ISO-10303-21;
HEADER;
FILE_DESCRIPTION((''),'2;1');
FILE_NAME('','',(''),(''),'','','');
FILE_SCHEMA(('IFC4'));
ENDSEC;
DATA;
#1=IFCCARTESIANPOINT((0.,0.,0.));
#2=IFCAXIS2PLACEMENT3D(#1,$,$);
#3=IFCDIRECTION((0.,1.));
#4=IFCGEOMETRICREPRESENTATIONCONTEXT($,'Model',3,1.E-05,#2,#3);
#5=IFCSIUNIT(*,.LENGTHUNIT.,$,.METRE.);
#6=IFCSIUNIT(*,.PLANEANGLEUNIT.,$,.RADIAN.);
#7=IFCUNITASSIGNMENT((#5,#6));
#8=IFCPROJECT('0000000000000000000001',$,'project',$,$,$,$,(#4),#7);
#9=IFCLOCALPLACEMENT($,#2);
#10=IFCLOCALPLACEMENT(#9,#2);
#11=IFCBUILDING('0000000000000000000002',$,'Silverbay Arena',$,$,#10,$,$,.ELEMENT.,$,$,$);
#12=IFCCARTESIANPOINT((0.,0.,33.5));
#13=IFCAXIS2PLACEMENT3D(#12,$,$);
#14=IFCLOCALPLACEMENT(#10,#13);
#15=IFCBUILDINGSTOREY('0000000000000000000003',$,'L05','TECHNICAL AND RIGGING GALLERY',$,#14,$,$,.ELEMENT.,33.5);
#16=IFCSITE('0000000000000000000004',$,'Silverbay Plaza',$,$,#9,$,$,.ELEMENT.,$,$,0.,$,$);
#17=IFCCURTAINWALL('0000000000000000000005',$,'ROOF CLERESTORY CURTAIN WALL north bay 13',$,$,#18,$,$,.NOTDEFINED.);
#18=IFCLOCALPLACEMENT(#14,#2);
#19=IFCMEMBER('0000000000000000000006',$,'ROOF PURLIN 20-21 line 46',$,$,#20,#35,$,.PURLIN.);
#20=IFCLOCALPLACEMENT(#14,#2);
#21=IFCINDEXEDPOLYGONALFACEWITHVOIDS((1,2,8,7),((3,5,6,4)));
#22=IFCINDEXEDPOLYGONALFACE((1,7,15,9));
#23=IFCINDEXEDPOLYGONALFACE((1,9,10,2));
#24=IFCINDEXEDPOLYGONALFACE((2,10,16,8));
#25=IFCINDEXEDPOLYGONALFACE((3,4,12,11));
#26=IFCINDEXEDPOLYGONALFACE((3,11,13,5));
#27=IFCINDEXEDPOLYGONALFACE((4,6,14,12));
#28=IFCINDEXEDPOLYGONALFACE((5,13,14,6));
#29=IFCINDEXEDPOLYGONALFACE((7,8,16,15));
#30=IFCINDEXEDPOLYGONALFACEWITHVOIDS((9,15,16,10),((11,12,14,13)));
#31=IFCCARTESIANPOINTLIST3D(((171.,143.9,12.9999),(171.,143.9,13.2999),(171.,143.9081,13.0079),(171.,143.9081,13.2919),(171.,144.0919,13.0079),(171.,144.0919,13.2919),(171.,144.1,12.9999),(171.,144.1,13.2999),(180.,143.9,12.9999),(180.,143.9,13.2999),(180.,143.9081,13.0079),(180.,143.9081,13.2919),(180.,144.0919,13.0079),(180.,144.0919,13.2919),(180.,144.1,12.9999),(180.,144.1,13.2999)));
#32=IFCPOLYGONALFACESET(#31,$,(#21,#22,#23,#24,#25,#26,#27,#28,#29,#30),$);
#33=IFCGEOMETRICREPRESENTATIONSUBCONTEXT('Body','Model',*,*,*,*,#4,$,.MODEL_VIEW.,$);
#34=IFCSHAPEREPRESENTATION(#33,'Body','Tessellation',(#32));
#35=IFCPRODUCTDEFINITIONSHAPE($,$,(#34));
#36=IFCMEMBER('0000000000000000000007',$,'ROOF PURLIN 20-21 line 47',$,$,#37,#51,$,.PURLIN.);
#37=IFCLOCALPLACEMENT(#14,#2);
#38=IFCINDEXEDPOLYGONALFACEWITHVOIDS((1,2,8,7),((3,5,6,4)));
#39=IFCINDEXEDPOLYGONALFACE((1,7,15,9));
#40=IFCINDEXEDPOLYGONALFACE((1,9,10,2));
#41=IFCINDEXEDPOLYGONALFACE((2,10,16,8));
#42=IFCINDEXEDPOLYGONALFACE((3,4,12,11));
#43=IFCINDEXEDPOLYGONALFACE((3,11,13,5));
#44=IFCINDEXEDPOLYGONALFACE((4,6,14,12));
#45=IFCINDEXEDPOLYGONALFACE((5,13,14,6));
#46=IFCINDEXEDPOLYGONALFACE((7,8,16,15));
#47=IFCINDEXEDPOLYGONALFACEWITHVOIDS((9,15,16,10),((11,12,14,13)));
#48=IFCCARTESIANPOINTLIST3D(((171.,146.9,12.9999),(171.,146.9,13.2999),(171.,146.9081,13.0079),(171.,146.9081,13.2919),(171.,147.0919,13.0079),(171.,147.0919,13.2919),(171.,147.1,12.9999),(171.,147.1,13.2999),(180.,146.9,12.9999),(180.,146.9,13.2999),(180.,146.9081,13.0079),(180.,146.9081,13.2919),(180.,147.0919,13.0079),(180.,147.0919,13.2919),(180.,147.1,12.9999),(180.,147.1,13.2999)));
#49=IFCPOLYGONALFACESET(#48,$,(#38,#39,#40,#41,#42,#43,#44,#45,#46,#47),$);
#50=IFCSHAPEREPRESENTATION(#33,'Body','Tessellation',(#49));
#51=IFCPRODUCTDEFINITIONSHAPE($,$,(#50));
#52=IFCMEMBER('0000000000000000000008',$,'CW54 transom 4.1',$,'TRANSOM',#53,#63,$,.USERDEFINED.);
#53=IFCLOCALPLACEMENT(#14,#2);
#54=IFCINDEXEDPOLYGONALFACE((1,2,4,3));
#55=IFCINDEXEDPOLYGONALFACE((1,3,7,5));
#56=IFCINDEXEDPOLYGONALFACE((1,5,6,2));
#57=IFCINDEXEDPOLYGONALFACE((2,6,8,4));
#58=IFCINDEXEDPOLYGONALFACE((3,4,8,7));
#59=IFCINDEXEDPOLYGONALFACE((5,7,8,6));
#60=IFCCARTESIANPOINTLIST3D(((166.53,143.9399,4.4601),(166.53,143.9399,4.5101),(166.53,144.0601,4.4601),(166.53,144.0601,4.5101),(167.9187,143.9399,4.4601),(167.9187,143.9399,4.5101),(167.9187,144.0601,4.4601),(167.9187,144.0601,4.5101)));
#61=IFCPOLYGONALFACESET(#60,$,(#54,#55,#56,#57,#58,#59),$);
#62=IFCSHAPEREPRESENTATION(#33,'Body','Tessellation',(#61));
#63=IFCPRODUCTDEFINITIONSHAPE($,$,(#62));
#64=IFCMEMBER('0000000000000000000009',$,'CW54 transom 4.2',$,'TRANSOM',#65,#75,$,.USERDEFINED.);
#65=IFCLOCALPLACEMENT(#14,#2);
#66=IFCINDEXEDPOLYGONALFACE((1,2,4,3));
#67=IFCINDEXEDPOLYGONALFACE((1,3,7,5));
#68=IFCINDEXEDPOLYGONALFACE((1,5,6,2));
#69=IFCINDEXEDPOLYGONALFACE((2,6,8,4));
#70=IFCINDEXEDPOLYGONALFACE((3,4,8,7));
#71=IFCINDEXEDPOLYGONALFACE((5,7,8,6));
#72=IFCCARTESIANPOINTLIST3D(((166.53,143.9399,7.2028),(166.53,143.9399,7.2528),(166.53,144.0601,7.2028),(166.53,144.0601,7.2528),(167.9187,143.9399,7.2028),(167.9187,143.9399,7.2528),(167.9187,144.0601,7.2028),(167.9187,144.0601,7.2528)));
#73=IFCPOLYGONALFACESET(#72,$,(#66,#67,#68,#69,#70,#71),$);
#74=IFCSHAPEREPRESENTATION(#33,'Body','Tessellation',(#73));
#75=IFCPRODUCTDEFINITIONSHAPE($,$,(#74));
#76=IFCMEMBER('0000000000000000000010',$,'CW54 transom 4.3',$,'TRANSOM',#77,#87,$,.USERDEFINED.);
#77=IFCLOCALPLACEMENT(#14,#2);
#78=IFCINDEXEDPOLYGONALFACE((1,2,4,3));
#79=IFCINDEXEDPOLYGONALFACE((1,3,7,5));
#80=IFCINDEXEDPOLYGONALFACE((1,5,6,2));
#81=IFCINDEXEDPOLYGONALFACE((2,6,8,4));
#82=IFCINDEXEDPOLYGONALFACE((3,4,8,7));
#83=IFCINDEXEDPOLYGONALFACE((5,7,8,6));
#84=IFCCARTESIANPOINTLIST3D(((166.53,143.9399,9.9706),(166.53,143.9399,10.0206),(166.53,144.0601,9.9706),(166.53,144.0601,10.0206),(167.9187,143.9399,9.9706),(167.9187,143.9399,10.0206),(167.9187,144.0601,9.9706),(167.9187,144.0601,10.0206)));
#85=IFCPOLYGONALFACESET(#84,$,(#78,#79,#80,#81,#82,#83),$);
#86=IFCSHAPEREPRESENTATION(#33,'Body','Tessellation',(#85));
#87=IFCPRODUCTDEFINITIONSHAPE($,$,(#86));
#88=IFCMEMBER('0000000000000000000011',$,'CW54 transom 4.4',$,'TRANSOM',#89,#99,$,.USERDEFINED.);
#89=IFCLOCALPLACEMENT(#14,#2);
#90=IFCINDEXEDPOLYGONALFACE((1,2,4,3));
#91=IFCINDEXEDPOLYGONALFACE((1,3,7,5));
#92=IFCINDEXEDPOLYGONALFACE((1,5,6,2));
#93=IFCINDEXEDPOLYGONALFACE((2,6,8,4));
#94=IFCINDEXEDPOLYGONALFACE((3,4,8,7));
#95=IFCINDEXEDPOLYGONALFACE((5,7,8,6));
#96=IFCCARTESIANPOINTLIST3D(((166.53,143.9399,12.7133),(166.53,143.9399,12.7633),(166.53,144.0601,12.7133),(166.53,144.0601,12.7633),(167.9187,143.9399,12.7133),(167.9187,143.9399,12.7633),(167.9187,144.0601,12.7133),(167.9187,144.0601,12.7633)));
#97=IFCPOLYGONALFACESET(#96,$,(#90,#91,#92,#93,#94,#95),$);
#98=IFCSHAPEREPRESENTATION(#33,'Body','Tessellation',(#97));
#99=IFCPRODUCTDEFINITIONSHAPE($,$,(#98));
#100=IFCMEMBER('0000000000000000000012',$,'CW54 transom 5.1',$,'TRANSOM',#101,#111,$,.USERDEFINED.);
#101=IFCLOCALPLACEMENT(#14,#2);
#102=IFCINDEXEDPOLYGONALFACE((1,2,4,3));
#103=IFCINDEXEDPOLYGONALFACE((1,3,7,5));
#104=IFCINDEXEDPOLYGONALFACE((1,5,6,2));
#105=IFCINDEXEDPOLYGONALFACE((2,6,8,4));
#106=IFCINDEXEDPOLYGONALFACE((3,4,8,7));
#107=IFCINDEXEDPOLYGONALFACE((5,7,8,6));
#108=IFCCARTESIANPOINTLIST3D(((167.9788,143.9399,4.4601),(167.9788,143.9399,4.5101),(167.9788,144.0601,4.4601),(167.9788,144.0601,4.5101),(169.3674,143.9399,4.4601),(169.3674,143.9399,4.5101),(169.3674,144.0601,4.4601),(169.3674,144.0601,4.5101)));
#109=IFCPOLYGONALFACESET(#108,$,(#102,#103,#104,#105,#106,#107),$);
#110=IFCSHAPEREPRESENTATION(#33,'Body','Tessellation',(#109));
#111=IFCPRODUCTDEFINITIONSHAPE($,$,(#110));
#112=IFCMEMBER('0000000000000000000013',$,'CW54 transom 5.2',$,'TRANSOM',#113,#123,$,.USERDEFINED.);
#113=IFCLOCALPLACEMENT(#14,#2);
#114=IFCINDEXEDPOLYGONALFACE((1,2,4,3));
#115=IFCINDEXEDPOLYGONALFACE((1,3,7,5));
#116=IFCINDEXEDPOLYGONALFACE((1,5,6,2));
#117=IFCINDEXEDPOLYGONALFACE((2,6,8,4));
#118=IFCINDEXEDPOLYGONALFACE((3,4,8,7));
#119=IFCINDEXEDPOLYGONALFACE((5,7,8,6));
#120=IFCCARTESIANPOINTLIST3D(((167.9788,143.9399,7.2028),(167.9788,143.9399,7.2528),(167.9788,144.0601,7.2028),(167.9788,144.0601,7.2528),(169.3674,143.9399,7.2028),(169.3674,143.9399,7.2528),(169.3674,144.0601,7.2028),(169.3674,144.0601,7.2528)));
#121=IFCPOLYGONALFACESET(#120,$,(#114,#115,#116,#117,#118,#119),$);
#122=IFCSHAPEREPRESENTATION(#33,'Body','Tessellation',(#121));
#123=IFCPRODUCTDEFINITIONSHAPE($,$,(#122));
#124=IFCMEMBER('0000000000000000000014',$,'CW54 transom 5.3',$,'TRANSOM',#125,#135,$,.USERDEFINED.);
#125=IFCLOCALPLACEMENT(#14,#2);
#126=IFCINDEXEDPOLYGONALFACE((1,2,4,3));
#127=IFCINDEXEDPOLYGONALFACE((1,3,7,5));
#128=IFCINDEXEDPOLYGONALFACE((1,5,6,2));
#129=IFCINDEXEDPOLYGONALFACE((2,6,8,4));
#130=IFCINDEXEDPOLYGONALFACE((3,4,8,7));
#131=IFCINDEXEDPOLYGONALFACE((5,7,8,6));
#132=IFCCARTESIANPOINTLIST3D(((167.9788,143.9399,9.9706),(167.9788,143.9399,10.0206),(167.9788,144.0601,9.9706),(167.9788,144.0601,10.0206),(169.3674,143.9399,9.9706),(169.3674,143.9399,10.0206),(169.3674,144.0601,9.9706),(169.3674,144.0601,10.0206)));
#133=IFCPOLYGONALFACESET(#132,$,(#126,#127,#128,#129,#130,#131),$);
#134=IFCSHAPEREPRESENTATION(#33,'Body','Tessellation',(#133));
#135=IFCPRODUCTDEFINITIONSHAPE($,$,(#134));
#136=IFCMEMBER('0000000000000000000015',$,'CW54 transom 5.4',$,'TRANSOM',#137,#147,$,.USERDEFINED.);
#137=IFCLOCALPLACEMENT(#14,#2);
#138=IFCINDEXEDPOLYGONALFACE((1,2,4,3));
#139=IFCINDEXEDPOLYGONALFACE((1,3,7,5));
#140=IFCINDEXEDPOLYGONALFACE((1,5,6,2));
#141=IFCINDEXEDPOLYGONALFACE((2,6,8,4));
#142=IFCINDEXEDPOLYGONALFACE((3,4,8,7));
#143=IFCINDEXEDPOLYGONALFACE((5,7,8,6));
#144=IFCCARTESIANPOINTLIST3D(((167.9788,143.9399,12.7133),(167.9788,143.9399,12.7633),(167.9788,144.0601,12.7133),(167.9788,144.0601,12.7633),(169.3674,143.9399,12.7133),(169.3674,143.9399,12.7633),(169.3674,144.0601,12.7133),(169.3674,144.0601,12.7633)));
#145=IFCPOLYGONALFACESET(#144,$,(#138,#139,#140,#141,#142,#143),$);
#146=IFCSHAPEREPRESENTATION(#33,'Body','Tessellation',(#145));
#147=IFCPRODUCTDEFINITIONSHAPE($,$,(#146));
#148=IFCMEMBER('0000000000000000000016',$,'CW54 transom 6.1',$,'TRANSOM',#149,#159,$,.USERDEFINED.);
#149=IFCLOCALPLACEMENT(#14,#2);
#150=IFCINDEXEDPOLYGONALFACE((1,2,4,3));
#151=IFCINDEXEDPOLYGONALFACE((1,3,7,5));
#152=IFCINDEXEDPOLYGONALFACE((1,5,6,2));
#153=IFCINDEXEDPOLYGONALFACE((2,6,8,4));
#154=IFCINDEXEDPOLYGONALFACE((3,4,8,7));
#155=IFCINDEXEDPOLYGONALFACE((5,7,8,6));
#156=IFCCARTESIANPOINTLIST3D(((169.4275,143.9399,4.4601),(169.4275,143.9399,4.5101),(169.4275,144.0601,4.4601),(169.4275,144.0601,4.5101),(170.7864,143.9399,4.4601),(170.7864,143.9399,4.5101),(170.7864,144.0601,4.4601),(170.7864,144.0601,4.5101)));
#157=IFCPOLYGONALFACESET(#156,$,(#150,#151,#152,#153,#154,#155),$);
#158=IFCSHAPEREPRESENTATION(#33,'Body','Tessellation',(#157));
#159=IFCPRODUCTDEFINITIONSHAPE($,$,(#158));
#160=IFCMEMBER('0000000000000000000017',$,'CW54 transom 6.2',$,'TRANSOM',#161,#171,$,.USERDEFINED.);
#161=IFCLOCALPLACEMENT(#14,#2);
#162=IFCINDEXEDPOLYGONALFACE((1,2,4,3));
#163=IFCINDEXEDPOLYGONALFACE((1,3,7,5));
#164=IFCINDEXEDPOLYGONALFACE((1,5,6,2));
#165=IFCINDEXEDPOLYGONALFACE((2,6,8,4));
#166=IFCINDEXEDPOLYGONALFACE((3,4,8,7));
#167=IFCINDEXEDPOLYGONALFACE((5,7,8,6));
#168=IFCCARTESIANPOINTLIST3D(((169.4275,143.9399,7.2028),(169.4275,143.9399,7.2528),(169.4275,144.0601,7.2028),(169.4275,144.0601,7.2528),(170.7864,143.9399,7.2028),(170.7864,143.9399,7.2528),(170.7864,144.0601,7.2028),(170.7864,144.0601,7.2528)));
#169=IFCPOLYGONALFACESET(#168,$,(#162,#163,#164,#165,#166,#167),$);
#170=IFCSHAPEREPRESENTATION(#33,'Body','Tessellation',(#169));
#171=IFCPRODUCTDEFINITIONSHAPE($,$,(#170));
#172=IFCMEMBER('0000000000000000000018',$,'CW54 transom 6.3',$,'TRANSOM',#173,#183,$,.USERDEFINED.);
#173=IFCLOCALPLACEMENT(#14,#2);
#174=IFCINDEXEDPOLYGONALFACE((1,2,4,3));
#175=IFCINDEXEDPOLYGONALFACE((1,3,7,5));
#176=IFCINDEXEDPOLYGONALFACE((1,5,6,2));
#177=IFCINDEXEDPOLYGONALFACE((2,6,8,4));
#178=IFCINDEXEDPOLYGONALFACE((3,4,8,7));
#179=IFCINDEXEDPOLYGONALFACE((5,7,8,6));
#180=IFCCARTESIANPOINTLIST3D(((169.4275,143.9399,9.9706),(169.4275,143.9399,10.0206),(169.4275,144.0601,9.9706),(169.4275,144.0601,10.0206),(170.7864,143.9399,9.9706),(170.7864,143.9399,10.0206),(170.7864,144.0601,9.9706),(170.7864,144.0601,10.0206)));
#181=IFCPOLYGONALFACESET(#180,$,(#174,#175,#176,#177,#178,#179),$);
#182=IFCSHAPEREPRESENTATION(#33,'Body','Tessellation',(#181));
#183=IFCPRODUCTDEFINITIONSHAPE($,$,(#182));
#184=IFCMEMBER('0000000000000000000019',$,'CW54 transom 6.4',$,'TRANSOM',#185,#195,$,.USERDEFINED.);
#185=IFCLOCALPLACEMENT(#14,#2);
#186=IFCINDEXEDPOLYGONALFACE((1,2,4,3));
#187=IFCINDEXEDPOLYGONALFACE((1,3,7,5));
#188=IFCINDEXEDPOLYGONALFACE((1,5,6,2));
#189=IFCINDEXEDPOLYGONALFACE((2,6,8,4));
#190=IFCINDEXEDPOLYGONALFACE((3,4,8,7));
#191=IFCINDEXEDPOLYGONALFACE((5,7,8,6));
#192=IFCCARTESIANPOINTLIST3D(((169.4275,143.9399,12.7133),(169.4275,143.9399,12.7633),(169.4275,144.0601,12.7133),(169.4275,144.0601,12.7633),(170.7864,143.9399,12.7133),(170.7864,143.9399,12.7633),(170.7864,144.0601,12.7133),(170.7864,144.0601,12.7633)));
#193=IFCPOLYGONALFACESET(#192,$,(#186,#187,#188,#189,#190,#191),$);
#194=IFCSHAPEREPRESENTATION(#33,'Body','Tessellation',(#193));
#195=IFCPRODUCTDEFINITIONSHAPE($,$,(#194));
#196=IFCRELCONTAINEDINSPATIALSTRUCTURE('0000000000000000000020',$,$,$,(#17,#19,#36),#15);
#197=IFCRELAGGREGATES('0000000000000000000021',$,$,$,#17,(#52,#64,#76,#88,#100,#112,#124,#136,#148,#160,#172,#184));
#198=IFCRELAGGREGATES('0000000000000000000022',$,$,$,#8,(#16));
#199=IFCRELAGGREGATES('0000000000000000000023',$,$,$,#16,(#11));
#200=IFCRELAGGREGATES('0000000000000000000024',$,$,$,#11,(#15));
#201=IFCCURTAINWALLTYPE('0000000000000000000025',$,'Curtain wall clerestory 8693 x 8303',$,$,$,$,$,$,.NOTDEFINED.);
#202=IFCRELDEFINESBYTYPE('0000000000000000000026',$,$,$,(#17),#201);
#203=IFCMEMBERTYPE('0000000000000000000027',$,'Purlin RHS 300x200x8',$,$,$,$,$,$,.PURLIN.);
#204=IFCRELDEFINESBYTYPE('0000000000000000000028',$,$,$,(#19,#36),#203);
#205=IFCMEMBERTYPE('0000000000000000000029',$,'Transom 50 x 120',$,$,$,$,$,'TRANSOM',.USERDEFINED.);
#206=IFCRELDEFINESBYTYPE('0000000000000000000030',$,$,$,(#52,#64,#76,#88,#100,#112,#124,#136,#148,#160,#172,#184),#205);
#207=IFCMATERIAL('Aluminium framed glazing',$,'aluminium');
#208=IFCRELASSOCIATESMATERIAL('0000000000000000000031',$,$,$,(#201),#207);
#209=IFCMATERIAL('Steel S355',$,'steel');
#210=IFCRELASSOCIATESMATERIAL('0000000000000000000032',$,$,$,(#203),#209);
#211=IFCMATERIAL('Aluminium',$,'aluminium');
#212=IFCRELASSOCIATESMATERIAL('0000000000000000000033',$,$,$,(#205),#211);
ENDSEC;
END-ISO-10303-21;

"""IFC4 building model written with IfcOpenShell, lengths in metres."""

from ifc_helpers import new_model, si_unit, direction, frame, origin, origin_2d, place, context, subcontext, project, spatial, rectangle, hollow_rectangle, extrude, material, material_profile, profile_set, type_object, element, aggregate, save


model = new_model("IFC4")

# Units and contexts
model_context = context("Model", 3, precision=1e-05, world=origin(), true_north=direction((0.0, 1.0)))
body_context = subcontext(model_context, "Body", "Model", "MODEL_VIEW")
ifc_project = project(units=[si_unit("LENGTHUNIT", "METRE"), si_unit("PLANEANGLEUNIT", "RADIAN")], contexts=[model_context])

# Site, building, storey
site_placement = place(None, origin())
site = spatial("IfcSite", under=ifc_project, at=site_placement, Name="Silverbay Plaza", CompositionType="ELEMENT", RefElevation=0.0)
building_placement = place(site_placement, origin())
building = spatial("IfcBuilding", under=site, at=building_placement, Name="Silverbay Arena", CompositionType="ELEMENT")
storey_placement = place(building_placement, frame((0.0, 0.0, 33.5)))
storey = spatial("IfcBuildingStorey", under=building, at=storey_placement, Name="L05", Description="TECHNICAL AND RIGGING GALLERY", CompositionType="ELEMENT", Elevation=33.5)

# Curtain wall
ifc_material_1 = material(Name="Aluminium framed glazing", Category="aluminium")
curtain_wall_type = type_object("IfcCurtainWallType", Name="Curtain wall clerestory 8693 x 8303", PredefinedType="NOTDEFINED", material=ifc_material_1)
curtain_wall_placement = place(storey_placement, origin())
curtain_wall = element("IfcCurtainWall", 1, at=curtain_wall_placement, inside=storey, type_object=curtain_wall_type, Name="ROOF CLERESTORY CURTAIN WALL north bay 13", PredefinedType="NOTDEFINED")

# Members
ifc_material_2 = material(Name="Steel S355", Category="steel")
ifc_material_profile_1 = material_profile(ifc_material_2, hollow_rectangle(XDim=0.2, YDim=0.3, WallThickness=0.0081, at=origin_2d()), Name="RHS 300x200x8")
ifc_profile_set_1 = profile_set([ifc_material_profile_1], Name="Steel S355")
member_type_1 = type_object("IfcMemberType", Name="Purlin RHS 300x200x8", PredefinedType="PURLIN", material=ifc_profile_set_1)
for number, where, z_axis, x_axis, name in (
    (2, (171.0, 144.0, 13.1499), (1.0, 0.0, 0.0), (0.0, 1.0, 0.0), "ROOF PURLIN 20-21 line 46"),
    (3, (171.0, 147.0, 13.1499), (1.0, 0.0, 0.0), (0.0, 1.0, 0.0), "ROOF PURLIN 20-21 line 47"),
):
    element("IfcMember", number, at=place(storey_placement, frame(where, z_axis=z_axis, x_axis=x_axis)), inside=storey, type_object=member_type_1, Name=name, PredefinedType="PURLIN", context=body_context, shape_type="SweptSolid", body=[
        extrude(hollow_rectangle(XDim=0.2, YDim=0.3, WallThickness=0.0081, at=origin_2d()), origin(), (0.0, 0.0, 1.0), 9.0),
    ])

# Members
ifc_material_3 = material(Name="Aluminium", Category="aluminium")
ifc_material_profile_2 = material_profile(ifc_material_3, rectangle(XDim=0.1201, YDim=0.05, at=origin_2d()), Name="Transom 50 x 120")
ifc_profile_set_2 = profile_set([ifc_material_profile_2], Name="Aluminium")
member_type_2 = type_object("IfcMemberType", Name="Transom 50 x 120", ElementType="TRANSOM", PredefinedType="USERDEFINED", material=ifc_profile_set_2)
member_1_placement = place(storey_placement, frame((166.53, 144.0, 4.4851), z_axis=(1.0, 0.0, 0.0), x_axis=(0.0, 1.0, 0.0)))
member_1 = element("IfcMember", 4, at=member_1_placement, type_object=member_type_2, Name="CW54 transom 4.1", ObjectType="TRANSOM", PredefinedType="USERDEFINED", context=body_context, shape_type="SweptSolid", body=[
    extrude(rectangle(XDim=0.1201, YDim=0.05, at=origin_2d()), origin(), (0.0, 0.0, 1.0), 1.3887),
])
member_2_placement = place(storey_placement, frame((166.53, 144.0, 7.2278), z_axis=(1.0, 0.0, 0.0), x_axis=(0.0, 1.0, 0.0)))
member_2 = element("IfcMember", 5, at=member_2_placement, type_object=member_type_2, Name="CW54 transom 4.2", ObjectType="TRANSOM", PredefinedType="USERDEFINED", context=body_context, shape_type="SweptSolid", body=[
    extrude(rectangle(XDim=0.1201, YDim=0.05, at=origin_2d()), origin(), (0.0, 0.0, 1.0), 1.3887),
])
member_3_placement = place(storey_placement, frame((166.53, 144.0, 9.9956), z_axis=(1.0, 0.0, 0.0), x_axis=(0.0, 1.0, 0.0)))
member_3 = element("IfcMember", 6, at=member_3_placement, type_object=member_type_2, Name="CW54 transom 4.3", ObjectType="TRANSOM", PredefinedType="USERDEFINED", context=body_context, shape_type="SweptSolid", body=[
    extrude(rectangle(XDim=0.1201, YDim=0.05, at=origin_2d()), origin(), (0.0, 0.0, 1.0), 1.3887),
])
member_4_placement = place(storey_placement, frame((166.53, 144.0, 12.7383), z_axis=(1.0, 0.0, 0.0), x_axis=(0.0, 1.0, 0.0)))
member_4 = element("IfcMember", 7, at=member_4_placement, type_object=member_type_2, Name="CW54 transom 4.4", ObjectType="TRANSOM", PredefinedType="USERDEFINED", context=body_context, shape_type="SweptSolid", body=[
    extrude(rectangle(XDim=0.1201, YDim=0.05, at=origin_2d()), origin(), (0.0, 0.0, 1.0), 1.3887),
])
member_5_placement = place(storey_placement, frame((167.9788, 144.0, 4.4851), z_axis=(1.0, 0.0, 0.0), x_axis=(0.0, 1.0, 0.0)))
member_5 = element("IfcMember", 8, at=member_5_placement, type_object=member_type_2, Name="CW54 transom 5.1", ObjectType="TRANSOM", PredefinedType="USERDEFINED", context=body_context, shape_type="SweptSolid", body=[
    extrude(rectangle(XDim=0.1201, YDim=0.05, at=origin_2d()), origin(), (0.0, 0.0, 1.0), 1.3887),
])
member_6_placement = place(storey_placement, frame((167.9788, 144.0, 7.2278), z_axis=(1.0, 0.0, 0.0), x_axis=(0.0, 1.0, 0.0)))
member_6 = element("IfcMember", 9, at=member_6_placement, type_object=member_type_2, Name="CW54 transom 5.2", ObjectType="TRANSOM", PredefinedType="USERDEFINED", context=body_context, shape_type="SweptSolid", body=[
    extrude(rectangle(XDim=0.1201, YDim=0.05, at=origin_2d()), origin(), (0.0, 0.0, 1.0), 1.3887),
])
member_7_placement = place(storey_placement, frame((167.9788, 144.0, 9.9956), z_axis=(1.0, 0.0, 0.0), x_axis=(0.0, 1.0, 0.0)))
member_7 = element("IfcMember", 10, at=member_7_placement, type_object=member_type_2, Name="CW54 transom 5.3", ObjectType="TRANSOM", PredefinedType="USERDEFINED", context=body_context, shape_type="SweptSolid", body=[
    extrude(rectangle(XDim=0.1201, YDim=0.05, at=origin_2d()), origin(), (0.0, 0.0, 1.0), 1.3887),
])
member_8_placement = place(storey_placement, frame((167.9788, 144.0, 12.7383), z_axis=(1.0, 0.0, 0.0), x_axis=(0.0, 1.0, 0.0)))
member_8 = element("IfcMember", 11, at=member_8_placement, type_object=member_type_2, Name="CW54 transom 5.4", ObjectType="TRANSOM", PredefinedType="USERDEFINED", context=body_context, shape_type="SweptSolid", body=[
    extrude(rectangle(XDim=0.1201, YDim=0.05, at=origin_2d()), origin(), (0.0, 0.0, 1.0), 1.3887),
])
member_9_placement = place(storey_placement, frame((169.4275, 144.0, 4.4851), z_axis=(1.0, 0.0, 0.0), x_axis=(0.0, 1.0, 0.0)))
member_9 = element("IfcMember", 12, at=member_9_placement, type_object=member_type_2, Name="CW54 transom 6.1", ObjectType="TRANSOM", PredefinedType="USERDEFINED", context=body_context, shape_type="SweptSolid", body=[
    extrude(rectangle(XDim=0.1201, YDim=0.05, at=origin_2d()), origin(), (0.0, 0.0, 1.0), 1.3589),
])
member_10_placement = place(storey_placement, frame((169.4275, 144.0, 7.2278), z_axis=(1.0, 0.0, 0.0), x_axis=(0.0, 1.0, 0.0)))
member_10 = element("IfcMember", 13, at=member_10_placement, type_object=member_type_2, Name="CW54 transom 6.2", ObjectType="TRANSOM", PredefinedType="USERDEFINED", context=body_context, shape_type="SweptSolid", body=[
    extrude(rectangle(XDim=0.1201, YDim=0.05, at=origin_2d()), origin(), (0.0, 0.0, 1.0), 1.3589),
])
member_11_placement = place(storey_placement, frame((169.4275, 144.0, 9.9956), z_axis=(1.0, 0.0, 0.0), x_axis=(0.0, 1.0, 0.0)))
member_11 = element("IfcMember", 14, at=member_11_placement, type_object=member_type_2, Name="CW54 transom 6.3", ObjectType="TRANSOM", PredefinedType="USERDEFINED", context=body_context, shape_type="SweptSolid", body=[
    extrude(rectangle(XDim=0.1201, YDim=0.05, at=origin_2d()), origin(), (0.0, 0.0, 1.0), 1.3589),
])
member_12_placement = place(storey_placement, frame((169.4275, 144.0, 12.7383), z_axis=(1.0, 0.0, 0.0), x_axis=(0.0, 1.0, 0.0)))
member_12 = element("IfcMember", 15, at=member_12_placement, type_object=member_type_2, Name="CW54 transom 6.4", ObjectType="TRANSOM", PredefinedType="USERDEFINED", context=body_context, shape_type="SweptSolid", body=[
    extrude(rectangle(XDim=0.1201, YDim=0.05, at=origin_2d()), origin(), (0.0, 0.0, 1.0), 1.3589),
])

aggregate(curtain_wall, [member_1, member_2, member_3, member_4, member_5, member_6, member_7, member_8, member_9, member_10, member_11, member_12])

save(model, "model.ifc")
